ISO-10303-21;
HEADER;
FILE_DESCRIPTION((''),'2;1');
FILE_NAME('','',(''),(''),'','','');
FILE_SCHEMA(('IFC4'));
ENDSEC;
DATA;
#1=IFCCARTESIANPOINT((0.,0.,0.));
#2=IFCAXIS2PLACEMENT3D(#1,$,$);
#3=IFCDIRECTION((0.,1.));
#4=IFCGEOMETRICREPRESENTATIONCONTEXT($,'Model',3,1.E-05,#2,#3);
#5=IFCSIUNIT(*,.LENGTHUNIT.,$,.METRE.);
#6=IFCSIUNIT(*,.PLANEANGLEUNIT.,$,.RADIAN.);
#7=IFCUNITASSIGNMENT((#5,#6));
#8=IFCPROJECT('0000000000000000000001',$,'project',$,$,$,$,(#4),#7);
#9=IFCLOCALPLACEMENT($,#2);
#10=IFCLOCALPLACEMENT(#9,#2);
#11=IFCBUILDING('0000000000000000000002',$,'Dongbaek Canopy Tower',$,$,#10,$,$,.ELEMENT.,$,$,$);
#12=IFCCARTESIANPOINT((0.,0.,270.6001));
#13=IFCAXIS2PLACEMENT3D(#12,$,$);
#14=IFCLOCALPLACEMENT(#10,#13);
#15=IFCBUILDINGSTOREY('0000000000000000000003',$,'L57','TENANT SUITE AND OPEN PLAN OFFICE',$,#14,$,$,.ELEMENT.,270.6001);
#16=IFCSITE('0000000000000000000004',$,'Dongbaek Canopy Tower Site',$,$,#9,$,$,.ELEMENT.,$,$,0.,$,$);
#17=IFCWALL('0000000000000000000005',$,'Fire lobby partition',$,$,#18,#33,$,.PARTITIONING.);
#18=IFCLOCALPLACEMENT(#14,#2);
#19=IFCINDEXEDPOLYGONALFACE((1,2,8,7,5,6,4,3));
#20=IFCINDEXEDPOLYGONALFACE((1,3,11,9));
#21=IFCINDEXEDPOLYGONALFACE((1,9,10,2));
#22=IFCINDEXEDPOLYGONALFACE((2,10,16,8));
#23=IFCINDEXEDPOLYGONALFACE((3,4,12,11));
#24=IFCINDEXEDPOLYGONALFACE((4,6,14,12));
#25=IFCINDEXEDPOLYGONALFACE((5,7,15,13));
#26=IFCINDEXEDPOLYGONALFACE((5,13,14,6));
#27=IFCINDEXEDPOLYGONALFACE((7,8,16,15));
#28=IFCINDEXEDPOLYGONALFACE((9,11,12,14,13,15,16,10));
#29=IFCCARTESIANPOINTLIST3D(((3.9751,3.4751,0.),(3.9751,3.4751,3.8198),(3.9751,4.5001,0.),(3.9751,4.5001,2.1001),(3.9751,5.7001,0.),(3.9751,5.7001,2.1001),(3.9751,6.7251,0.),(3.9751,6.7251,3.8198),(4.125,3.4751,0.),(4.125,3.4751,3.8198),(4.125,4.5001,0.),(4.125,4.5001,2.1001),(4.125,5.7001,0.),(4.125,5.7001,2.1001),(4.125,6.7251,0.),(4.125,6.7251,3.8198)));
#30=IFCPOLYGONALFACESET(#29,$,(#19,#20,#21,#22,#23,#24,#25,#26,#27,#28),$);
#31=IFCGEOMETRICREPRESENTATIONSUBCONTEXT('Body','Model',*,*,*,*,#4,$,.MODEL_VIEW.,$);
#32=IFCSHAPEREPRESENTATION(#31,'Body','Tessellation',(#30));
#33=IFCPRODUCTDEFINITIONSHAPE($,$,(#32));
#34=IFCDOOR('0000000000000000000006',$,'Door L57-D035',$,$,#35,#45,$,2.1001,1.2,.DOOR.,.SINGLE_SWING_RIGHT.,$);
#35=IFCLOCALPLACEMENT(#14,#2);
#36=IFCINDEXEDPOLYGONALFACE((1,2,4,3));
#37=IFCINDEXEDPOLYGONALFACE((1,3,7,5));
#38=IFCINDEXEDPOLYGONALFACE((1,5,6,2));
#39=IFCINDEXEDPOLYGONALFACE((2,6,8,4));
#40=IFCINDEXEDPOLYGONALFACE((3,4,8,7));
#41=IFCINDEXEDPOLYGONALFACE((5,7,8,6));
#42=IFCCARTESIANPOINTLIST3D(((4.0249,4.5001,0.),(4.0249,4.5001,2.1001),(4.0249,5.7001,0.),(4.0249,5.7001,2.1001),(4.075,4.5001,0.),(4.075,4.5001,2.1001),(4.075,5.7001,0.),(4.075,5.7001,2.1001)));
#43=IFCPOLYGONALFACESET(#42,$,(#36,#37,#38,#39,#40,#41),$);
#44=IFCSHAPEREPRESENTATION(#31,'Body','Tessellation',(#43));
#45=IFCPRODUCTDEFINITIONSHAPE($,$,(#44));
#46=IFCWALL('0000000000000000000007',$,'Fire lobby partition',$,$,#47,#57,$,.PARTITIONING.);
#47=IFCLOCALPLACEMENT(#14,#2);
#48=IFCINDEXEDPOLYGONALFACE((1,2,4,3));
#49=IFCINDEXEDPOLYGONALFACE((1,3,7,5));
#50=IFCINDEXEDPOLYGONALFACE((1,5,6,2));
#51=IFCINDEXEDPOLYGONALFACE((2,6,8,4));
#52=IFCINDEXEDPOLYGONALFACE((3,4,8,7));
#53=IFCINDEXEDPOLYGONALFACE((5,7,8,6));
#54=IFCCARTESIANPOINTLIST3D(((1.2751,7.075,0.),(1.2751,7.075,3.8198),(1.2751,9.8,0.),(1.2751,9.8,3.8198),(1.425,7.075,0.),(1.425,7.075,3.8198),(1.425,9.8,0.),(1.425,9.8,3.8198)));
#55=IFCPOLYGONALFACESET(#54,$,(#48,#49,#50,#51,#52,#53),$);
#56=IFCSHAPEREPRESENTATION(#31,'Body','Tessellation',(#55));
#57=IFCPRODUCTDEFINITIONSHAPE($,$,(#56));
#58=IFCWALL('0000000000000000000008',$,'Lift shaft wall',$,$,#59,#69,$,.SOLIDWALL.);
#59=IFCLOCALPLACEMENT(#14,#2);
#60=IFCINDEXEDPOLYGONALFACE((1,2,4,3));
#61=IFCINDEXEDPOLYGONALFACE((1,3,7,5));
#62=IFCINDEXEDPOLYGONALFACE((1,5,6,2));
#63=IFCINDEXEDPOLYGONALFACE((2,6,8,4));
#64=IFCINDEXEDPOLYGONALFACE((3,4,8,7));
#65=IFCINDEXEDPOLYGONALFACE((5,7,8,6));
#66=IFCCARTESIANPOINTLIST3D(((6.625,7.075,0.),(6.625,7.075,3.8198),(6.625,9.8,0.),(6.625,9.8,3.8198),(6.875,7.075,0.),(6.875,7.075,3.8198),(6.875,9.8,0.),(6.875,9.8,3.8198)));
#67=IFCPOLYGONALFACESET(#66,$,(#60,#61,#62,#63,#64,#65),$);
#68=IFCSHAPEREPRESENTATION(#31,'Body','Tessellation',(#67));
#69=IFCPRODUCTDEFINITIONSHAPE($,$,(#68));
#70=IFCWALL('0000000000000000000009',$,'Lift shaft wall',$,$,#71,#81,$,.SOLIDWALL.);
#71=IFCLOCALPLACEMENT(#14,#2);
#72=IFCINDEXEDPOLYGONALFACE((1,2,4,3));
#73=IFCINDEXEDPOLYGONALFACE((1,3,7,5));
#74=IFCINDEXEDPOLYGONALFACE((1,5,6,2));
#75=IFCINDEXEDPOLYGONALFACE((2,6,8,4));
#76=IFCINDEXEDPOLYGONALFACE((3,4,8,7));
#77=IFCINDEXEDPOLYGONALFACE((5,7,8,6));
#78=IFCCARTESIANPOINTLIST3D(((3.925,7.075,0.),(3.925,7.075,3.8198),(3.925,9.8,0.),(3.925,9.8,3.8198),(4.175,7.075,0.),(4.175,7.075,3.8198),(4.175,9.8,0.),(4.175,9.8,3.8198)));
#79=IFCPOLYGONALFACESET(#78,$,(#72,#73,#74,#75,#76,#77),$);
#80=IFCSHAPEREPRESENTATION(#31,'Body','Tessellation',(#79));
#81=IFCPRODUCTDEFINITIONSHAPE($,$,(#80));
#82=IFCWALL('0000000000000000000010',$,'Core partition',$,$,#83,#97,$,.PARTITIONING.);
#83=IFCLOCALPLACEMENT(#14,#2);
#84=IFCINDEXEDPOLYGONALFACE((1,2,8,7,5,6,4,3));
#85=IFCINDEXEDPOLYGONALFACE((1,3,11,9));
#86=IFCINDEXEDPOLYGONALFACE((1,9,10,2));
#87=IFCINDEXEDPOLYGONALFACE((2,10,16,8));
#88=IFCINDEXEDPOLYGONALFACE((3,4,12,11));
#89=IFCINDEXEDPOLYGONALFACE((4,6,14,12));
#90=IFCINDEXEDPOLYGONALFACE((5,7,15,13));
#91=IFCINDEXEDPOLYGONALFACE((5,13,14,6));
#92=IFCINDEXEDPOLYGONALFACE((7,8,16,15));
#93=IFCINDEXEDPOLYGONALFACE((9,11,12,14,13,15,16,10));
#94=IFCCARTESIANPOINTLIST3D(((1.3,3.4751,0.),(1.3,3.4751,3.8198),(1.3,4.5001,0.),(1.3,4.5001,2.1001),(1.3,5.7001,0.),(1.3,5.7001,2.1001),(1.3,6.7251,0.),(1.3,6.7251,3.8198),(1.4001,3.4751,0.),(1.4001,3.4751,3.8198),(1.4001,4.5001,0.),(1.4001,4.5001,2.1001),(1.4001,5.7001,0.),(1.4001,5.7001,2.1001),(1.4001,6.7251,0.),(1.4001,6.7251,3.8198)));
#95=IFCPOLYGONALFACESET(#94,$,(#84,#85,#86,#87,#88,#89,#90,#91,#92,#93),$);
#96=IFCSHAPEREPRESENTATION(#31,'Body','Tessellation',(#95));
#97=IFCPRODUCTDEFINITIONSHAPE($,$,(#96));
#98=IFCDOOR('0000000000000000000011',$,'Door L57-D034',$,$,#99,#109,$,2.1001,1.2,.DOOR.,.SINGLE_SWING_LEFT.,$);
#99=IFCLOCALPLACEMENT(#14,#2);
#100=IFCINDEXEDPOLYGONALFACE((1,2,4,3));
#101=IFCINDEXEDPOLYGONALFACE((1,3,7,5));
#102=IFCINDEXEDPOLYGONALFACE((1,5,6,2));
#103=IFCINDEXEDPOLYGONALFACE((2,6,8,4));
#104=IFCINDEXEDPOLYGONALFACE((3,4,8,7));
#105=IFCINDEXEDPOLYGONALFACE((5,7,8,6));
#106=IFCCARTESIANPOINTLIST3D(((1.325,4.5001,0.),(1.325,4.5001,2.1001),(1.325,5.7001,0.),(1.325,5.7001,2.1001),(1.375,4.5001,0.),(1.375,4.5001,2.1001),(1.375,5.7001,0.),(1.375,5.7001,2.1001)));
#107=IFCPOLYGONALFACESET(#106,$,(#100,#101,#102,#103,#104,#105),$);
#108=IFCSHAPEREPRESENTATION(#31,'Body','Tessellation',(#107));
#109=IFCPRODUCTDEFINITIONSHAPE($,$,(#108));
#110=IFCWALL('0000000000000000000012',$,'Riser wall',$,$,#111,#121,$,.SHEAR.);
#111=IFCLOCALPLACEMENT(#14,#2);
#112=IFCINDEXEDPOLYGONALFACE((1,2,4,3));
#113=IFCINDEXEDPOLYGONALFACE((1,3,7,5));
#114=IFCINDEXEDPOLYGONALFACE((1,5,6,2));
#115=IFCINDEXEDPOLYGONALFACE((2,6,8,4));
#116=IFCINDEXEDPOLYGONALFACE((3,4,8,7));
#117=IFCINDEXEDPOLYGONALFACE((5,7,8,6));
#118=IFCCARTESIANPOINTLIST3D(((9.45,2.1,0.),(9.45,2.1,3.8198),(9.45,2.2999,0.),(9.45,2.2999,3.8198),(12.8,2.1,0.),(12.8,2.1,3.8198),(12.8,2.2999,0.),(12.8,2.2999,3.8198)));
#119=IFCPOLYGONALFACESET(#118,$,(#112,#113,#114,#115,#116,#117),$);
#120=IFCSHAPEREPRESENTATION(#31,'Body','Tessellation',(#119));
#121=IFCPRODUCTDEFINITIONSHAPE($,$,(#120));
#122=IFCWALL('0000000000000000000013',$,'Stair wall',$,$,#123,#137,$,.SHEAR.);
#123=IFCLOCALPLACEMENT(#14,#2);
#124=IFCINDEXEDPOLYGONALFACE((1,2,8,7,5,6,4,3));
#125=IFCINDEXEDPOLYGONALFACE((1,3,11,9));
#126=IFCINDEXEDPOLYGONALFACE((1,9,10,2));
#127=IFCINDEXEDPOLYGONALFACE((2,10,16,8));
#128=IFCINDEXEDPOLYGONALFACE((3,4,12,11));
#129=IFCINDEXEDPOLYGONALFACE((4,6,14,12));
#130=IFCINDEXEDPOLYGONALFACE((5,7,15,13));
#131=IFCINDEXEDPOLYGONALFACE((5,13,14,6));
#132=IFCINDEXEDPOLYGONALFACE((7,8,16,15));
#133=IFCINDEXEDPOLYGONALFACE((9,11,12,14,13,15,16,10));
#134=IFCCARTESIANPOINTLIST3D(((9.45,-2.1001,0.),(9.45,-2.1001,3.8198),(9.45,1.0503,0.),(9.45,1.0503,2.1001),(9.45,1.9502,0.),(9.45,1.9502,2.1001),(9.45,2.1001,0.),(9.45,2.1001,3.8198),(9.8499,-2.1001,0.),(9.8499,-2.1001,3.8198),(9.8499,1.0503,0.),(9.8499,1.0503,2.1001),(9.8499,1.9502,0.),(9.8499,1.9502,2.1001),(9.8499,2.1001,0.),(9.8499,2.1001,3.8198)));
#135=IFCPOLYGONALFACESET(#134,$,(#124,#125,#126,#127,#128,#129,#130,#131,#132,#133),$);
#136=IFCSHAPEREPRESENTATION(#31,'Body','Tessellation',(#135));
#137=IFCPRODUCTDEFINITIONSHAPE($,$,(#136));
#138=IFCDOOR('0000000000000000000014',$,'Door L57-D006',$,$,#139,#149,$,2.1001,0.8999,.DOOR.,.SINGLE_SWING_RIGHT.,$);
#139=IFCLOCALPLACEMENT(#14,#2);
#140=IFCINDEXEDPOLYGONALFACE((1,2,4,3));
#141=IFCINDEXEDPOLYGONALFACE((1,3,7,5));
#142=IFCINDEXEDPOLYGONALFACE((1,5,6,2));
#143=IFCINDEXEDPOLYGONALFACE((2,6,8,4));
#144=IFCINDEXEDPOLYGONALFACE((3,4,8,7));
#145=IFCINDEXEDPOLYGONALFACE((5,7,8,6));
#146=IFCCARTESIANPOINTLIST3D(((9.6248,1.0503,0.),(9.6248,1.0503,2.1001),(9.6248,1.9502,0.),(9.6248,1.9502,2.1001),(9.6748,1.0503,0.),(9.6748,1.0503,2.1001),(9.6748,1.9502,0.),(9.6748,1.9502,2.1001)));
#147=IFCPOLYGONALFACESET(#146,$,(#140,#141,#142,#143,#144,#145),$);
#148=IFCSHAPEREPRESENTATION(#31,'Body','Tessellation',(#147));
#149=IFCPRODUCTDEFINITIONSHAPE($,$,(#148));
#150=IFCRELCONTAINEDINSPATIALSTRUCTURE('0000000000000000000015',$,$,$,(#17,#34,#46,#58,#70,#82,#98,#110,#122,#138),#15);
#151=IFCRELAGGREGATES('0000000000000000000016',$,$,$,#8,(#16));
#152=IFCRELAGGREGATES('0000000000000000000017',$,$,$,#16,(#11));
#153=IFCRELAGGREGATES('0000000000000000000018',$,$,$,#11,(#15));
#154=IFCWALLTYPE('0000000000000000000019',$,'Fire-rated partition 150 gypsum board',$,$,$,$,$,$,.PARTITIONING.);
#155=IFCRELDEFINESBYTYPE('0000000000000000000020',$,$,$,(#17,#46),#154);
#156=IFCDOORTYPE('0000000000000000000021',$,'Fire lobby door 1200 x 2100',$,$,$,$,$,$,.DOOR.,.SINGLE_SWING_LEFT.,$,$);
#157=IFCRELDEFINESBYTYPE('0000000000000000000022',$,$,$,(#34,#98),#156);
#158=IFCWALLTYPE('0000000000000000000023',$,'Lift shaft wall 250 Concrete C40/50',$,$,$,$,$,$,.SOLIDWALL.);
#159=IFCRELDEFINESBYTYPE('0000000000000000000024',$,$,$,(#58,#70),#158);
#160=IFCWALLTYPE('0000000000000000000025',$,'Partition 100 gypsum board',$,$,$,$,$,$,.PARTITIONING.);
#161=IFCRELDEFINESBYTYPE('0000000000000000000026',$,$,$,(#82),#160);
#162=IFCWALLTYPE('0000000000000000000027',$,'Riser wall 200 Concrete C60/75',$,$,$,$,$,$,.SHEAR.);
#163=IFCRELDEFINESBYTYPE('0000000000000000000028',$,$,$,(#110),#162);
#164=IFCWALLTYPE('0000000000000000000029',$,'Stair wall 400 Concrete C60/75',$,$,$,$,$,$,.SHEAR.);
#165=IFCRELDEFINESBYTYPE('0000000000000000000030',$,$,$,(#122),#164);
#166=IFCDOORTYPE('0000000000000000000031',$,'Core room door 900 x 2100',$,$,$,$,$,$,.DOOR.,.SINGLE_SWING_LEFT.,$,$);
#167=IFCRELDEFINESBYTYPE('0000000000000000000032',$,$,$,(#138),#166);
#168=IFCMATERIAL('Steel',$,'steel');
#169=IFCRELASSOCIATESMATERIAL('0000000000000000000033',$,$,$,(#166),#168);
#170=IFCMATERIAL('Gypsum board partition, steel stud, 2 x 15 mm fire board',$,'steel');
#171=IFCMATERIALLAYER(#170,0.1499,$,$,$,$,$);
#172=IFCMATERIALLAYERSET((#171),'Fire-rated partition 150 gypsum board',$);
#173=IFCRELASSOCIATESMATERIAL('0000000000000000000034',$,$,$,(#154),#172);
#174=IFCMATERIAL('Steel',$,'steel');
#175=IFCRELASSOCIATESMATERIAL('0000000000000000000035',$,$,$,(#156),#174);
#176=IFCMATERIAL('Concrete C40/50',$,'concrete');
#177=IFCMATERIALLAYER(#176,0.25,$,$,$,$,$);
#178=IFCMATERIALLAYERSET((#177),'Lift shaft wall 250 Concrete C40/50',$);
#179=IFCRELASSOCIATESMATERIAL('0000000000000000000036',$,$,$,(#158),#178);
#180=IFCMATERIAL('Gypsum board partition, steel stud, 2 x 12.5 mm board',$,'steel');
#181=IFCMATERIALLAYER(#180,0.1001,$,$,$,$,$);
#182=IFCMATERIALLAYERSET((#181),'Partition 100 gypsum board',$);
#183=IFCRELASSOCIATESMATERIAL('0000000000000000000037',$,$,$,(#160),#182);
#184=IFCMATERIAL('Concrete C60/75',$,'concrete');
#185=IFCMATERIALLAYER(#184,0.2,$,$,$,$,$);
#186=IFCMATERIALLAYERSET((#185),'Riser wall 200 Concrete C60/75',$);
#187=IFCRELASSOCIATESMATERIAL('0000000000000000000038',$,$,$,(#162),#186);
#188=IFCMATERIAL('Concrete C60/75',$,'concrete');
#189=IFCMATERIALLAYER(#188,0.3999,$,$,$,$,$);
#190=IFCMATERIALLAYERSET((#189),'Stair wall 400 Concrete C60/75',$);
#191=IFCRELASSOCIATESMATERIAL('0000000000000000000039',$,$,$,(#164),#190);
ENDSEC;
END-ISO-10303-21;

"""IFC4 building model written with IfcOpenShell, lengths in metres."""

from ifc_helpers import new_model, si_unit, direction, frame, frame_2d, origin, place, context, subcontext, project, spatial, rectangle, extrude, material, layer, layer_set, type_object, element, fill, save


model = new_model("IFC4")

# Units and contexts
model_context = context("Model", 3, precision=1e-05, world=origin(), true_north=direction((0.0, 1.0)))
body_context = subcontext(model_context, "Body", "Model", "MODEL_VIEW")
ifc_project = project(units=[si_unit("LENGTHUNIT", "METRE"), si_unit("PLANEANGLEUNIT", "RADIAN")], contexts=[model_context])

# Site, building, storey
site_placement = place(None, origin())
site = spatial("IfcSite", under=ifc_project, at=site_placement, Name="Dongbaek Canopy Tower Site", CompositionType="ELEMENT", RefElevation=0.0)
building_placement = place(site_placement, origin())
building = spatial("IfcBuilding", under=site, at=building_placement, Name="Dongbaek Canopy Tower", CompositionType="ELEMENT")
storey_placement = place(building_placement, frame((0.0, 0.0, 270.6001)))
storey = spatial("IfcBuildingStorey", under=building, at=storey_placement, Name="L57", Description="TENANT SUITE AND OPEN PLAN OFFICE", CompositionType="ELEMENT", Elevation=270.6001)

# Shared definitions
ifc_material_1 = material(Name="Steel", Category="steel")
door_type_1 = type_object("IfcDoorType", Name="Core room door 900 x 2100", OperationType="SINGLE_SWING_LEFT", PredefinedType="DOOR", material=ifc_material_1)

# Wall, opening, door
ifc_material_2 = material(Name="Gypsum board partition, steel stud, 2 x 15 mm fire board", Category="steel")
ifc_layer_1 = layer(ifc_material_2, 0.1499)
ifc_layer_set_1 = layer_set([ifc_layer_1], Name="Fire-rated partition 150 gypsum board")
wall_type_1 = type_object("IfcWallType", Name="Fire-rated partition 150 gypsum board", PredefinedType="PARTITIONING", material=ifc_layer_set_1)
wall_1_placement = place(storey_placement, frame((4.05, 6.7251, 0.0), z_axis=(0.0, 0.0, 1.0), x_axis=(0.0, -1.0, 0.0)))
wall_1 = element("IfcWall", 1, at=wall_1_placement, inside=storey, type_object=wall_type_1, Name="Fire lobby partition", PredefinedType="PARTITIONING", context=body_context, shape_type="SweptSolid", body=[
    extrude(rectangle(XDim=3.25, YDim=0.1499, at=frame_2d((1.625, 0.0))), origin(), (0.0, 0.0, 1.0), 3.8198),
])
opening_1_placement = place(wall_1_placement, frame((1.0249, 0.0, 0.0)))
opening_1 = element("IfcOpeningElement", 2, at=opening_1_placement, cuts=wall_1, PredefinedType="OPENING", context=body_context, shape_type="SweptSolid", body=[
    extrude(rectangle(XDim=1.2, YDim=2.1001, at=frame_2d((0.6001, 1.05))), frame((0.0, 0.085, 0.0), z_axis=(0.0, -1.0, 0.0), x_axis=(1.0, 0.0, 0.0)), (0.0, 0.0, 1.0), 0.1699),
])
ifc_material_3 = material(Name="Steel", Category="steel")
door_type_2 = type_object("IfcDoorType", Name="Fire lobby door 1200 x 2100", OperationType="SINGLE_SWING_LEFT", PredefinedType="DOOR", material=ifc_material_3)
door_1_placement = place(opening_1_placement, origin())
door_1 = element("IfcDoor", 3, at=door_1_placement, inside=storey, type_object=door_type_2, Name="Door L57-D035", OperationType="SINGLE_SWING_RIGHT", OverallHeight=2.1001, OverallWidth=1.2, PredefinedType="DOOR", context=body_context, shape_type="SweptSolid", body=[
    extrude(rectangle(XDim=1.2, YDim=2.1001, at=frame_2d((0.6001, 1.05))), frame((0.0, 0.0249, 0.0), z_axis=(0.0, -1.0, 0.0), x_axis=(1.0, 0.0, 0.0)), (0.0, 0.0, 1.0), 0.05),
])
fill(opening_1, door_1)

# Walls
wall_2_placement = place(storey_placement, frame((1.3501, 7.075, 0.0), z_axis=(0.0, 0.0, 1.0), x_axis=(0.0, 1.0, 0.0)))
element("IfcWall", 4, at=wall_2_placement, inside=storey, type_object=wall_type_1, Name="Fire lobby partition", PredefinedType="PARTITIONING", context=body_context, shape_type="SweptSolid", body=[
    extrude(rectangle(XDim=2.7251, YDim=0.1499, at=frame_2d((1.3625, 0.0))), origin(), (0.0, 0.0, 1.0), 3.8198),
])
ifc_material_4 = material(Name="Concrete C40/50", Category="concrete")
ifc_layer_2 = layer(ifc_material_4, 0.25)
ifc_layer_set_2 = layer_set([ifc_layer_2], Name="Lift shaft wall 250 Concrete C40/50")
wall_type_2 = type_object("IfcWallType", Name="Lift shaft wall 250 Concrete C40/50", PredefinedType="SOLIDWALL", material=ifc_layer_set_2)
for number, where, z_axis, x_axis, name in (
    (5, (6.75, 7.075, 0.0), (0.0, 0.0, 1.0), (0.0, 1.0, 0.0), "Lift shaft wall"),
    (6, (4.05, 7.075, 0.0), (0.0, 0.0, 1.0), (0.0, 1.0, 0.0), "Lift shaft wall"),
):
    element("IfcWall", number, at=place(storey_placement, frame(where, z_axis=z_axis, x_axis=x_axis)), inside=storey, type_object=wall_type_2, Name=name, PredefinedType="SOLIDWALL", context=body_context, shape_type="SweptSolid", body=[
        extrude(rectangle(XDim=2.7251, YDim=0.25, at=frame_2d((1.3625, 0.0))), origin(), (0.0, 0.0, 1.0), 3.8198),
    ])

# Wall, opening, door
ifc_material_5 = material(Name="Gypsum board partition, steel stud, 2 x 12.5 mm board", Category="steel")
ifc_layer_3 = layer(ifc_material_5, 0.1001)
ifc_layer_set_3 = layer_set([ifc_layer_3], Name="Partition 100 gypsum board")
wall_type_3 = type_object("IfcWallType", Name="Partition 100 gypsum board", PredefinedType="PARTITIONING", material=ifc_layer_set_3)
wall_3_placement = place(storey_placement, frame((1.3501, 6.7251, 0.0), z_axis=(0.0, 0.0, 1.0), x_axis=(0.0, -1.0, 0.0)))
wall_3 = element("IfcWall", 7, at=wall_3_placement, inside=storey, type_object=wall_type_3, Name="Core partition", PredefinedType="PARTITIONING", context=body_context, shape_type="SweptSolid", body=[
    extrude(rectangle(XDim=3.25, YDim=0.1001, at=frame_2d((1.625, 0.0))), origin(), (0.0, 0.0, 1.0), 3.8198),
])
opening_2_placement = place(wall_3_placement, frame((1.0249, 0.0, 0.0)))
opening_2 = element("IfcOpeningElement", 8, at=opening_2_placement, cuts=wall_3, PredefinedType="OPENING", context=body_context, shape_type="SweptSolid", body=[
    extrude(rectangle(XDim=1.2, YDim=2.1001, at=frame_2d((0.6001, 1.05))), frame((0.0, 0.0601, 0.0), z_axis=(0.0, -1.0, 0.0), x_axis=(1.0, 0.0, 0.0)), (0.0, 0.0, 1.0), 0.1201),
])
door_2_placement = place(opening_2_placement, origin())
door_2 = element("IfcDoor", 9, at=door_2_placement, inside=storey, type_object=door_type_2, Name="Door L57-D034", OperationType="SINGLE_SWING_LEFT", OverallHeight=2.1001, OverallWidth=1.2, PredefinedType="DOOR", context=body_context, shape_type="SweptSolid", body=[
    extrude(rectangle(XDim=1.2, YDim=2.1001, at=frame_2d((0.6001, 1.05))), frame((0.0, 0.0249, 0.0), z_axis=(0.0, -1.0, 0.0), x_axis=(1.0, 0.0, 0.0)), (0.0, 0.0, 1.0), 0.05),
])
fill(opening_2, door_2)

# Wall
ifc_material_6 = material(Name="Concrete C60/75", Category="concrete")
ifc_layer_4 = layer(ifc_material_6, 0.2)
ifc_layer_set_4 = layer_set([ifc_layer_4], Name="Riser wall 200 Concrete C60/75")
wall_type_4 = type_object("IfcWallType", Name="Riser wall 200 Concrete C60/75", PredefinedType="SHEAR", material=ifc_layer_set_4)
wall_4_placement = place(storey_placement, frame((9.45, 2.2, 0.0), z_axis=(0.0, 0.0, 1.0), x_axis=(1.0, 0.0, 0.0)))
element("IfcWall", 10, at=wall_4_placement, inside=storey, type_object=wall_type_4, Name="Riser wall", PredefinedType="SHEAR", context=body_context, shape_type="SweptSolid", body=[
    extrude(rectangle(XDim=3.3501, YDim=0.2, at=frame_2d((1.675, 0.0))), origin(), (0.0, 0.0, 1.0), 3.8198),
])

# Wall, opening, door
ifc_material_7 = material(Name="Concrete C60/75", Category="concrete")
ifc_layer_5 = layer(ifc_material_7, 0.3999)
ifc_layer_set_5 = layer_set([ifc_layer_5], Name="Stair wall 400 Concrete C60/75")
wall_type_5 = type_object("IfcWallType", Name="Stair wall 400 Concrete C60/75", PredefinedType="SHEAR", material=ifc_layer_set_5)
wall_5_placement = place(storey_placement, frame((9.6499, 2.1001, 0.0), z_axis=(0.0, 0.0, 1.0), x_axis=(0.0, -1.0, 0.0)))
wall_5 = element("IfcWall", 11, at=wall_5_placement, inside=storey, type_object=wall_type_5, Name="Stair wall", PredefinedType="SHEAR", context=body_context, shape_type="SweptSolid", body=[
    extrude(rectangle(XDim=4.2002, YDim=0.3999, at=frame_2d((2.1001, 0.0))), origin(), (0.0, 0.0, 1.0), 3.8198),
])
opening_3_placement = place(wall_5_placement, frame((0.1499, 0.0, 0.0)))
opening_3 = element("IfcOpeningElement", 12, at=opening_3_placement, cuts=wall_5, PredefinedType="OPENING", context=body_context, shape_type="SweptSolid", body=[
    extrude(rectangle(XDim=0.8999, YDim=2.1001, at=frame_2d((0.45, 1.05))), frame((0.0, 0.21, 0.0), z_axis=(0.0, -1.0, 0.0), x_axis=(1.0, 0.0, 0.0)), (0.0, 0.0, 1.0), 0.4199),
])
door_3_placement = place(opening_3_placement, origin())
door_3 = element("IfcDoor", 13, at=door_3_placement, inside=storey, type_object=door_type_1, Name="Door L57-D006", OperationType="SINGLE_SWING_RIGHT", OverallHeight=2.1001, OverallWidth=0.8999, PredefinedType="DOOR", context=body_context, shape_type="SweptSolid", body=[
    extrude(rectangle(XDim=0.8999, YDim=2.1001, at=frame_2d((0.45, 1.05))), frame((0.0, 0.0249, 0.0), z_axis=(0.0, -1.0, 0.0), x_axis=(1.0, 0.0, 0.0)), (0.0, 0.0, 1.0), 0.05),
])
fill(opening_3, door_3)

save(model, "model.ifc")
